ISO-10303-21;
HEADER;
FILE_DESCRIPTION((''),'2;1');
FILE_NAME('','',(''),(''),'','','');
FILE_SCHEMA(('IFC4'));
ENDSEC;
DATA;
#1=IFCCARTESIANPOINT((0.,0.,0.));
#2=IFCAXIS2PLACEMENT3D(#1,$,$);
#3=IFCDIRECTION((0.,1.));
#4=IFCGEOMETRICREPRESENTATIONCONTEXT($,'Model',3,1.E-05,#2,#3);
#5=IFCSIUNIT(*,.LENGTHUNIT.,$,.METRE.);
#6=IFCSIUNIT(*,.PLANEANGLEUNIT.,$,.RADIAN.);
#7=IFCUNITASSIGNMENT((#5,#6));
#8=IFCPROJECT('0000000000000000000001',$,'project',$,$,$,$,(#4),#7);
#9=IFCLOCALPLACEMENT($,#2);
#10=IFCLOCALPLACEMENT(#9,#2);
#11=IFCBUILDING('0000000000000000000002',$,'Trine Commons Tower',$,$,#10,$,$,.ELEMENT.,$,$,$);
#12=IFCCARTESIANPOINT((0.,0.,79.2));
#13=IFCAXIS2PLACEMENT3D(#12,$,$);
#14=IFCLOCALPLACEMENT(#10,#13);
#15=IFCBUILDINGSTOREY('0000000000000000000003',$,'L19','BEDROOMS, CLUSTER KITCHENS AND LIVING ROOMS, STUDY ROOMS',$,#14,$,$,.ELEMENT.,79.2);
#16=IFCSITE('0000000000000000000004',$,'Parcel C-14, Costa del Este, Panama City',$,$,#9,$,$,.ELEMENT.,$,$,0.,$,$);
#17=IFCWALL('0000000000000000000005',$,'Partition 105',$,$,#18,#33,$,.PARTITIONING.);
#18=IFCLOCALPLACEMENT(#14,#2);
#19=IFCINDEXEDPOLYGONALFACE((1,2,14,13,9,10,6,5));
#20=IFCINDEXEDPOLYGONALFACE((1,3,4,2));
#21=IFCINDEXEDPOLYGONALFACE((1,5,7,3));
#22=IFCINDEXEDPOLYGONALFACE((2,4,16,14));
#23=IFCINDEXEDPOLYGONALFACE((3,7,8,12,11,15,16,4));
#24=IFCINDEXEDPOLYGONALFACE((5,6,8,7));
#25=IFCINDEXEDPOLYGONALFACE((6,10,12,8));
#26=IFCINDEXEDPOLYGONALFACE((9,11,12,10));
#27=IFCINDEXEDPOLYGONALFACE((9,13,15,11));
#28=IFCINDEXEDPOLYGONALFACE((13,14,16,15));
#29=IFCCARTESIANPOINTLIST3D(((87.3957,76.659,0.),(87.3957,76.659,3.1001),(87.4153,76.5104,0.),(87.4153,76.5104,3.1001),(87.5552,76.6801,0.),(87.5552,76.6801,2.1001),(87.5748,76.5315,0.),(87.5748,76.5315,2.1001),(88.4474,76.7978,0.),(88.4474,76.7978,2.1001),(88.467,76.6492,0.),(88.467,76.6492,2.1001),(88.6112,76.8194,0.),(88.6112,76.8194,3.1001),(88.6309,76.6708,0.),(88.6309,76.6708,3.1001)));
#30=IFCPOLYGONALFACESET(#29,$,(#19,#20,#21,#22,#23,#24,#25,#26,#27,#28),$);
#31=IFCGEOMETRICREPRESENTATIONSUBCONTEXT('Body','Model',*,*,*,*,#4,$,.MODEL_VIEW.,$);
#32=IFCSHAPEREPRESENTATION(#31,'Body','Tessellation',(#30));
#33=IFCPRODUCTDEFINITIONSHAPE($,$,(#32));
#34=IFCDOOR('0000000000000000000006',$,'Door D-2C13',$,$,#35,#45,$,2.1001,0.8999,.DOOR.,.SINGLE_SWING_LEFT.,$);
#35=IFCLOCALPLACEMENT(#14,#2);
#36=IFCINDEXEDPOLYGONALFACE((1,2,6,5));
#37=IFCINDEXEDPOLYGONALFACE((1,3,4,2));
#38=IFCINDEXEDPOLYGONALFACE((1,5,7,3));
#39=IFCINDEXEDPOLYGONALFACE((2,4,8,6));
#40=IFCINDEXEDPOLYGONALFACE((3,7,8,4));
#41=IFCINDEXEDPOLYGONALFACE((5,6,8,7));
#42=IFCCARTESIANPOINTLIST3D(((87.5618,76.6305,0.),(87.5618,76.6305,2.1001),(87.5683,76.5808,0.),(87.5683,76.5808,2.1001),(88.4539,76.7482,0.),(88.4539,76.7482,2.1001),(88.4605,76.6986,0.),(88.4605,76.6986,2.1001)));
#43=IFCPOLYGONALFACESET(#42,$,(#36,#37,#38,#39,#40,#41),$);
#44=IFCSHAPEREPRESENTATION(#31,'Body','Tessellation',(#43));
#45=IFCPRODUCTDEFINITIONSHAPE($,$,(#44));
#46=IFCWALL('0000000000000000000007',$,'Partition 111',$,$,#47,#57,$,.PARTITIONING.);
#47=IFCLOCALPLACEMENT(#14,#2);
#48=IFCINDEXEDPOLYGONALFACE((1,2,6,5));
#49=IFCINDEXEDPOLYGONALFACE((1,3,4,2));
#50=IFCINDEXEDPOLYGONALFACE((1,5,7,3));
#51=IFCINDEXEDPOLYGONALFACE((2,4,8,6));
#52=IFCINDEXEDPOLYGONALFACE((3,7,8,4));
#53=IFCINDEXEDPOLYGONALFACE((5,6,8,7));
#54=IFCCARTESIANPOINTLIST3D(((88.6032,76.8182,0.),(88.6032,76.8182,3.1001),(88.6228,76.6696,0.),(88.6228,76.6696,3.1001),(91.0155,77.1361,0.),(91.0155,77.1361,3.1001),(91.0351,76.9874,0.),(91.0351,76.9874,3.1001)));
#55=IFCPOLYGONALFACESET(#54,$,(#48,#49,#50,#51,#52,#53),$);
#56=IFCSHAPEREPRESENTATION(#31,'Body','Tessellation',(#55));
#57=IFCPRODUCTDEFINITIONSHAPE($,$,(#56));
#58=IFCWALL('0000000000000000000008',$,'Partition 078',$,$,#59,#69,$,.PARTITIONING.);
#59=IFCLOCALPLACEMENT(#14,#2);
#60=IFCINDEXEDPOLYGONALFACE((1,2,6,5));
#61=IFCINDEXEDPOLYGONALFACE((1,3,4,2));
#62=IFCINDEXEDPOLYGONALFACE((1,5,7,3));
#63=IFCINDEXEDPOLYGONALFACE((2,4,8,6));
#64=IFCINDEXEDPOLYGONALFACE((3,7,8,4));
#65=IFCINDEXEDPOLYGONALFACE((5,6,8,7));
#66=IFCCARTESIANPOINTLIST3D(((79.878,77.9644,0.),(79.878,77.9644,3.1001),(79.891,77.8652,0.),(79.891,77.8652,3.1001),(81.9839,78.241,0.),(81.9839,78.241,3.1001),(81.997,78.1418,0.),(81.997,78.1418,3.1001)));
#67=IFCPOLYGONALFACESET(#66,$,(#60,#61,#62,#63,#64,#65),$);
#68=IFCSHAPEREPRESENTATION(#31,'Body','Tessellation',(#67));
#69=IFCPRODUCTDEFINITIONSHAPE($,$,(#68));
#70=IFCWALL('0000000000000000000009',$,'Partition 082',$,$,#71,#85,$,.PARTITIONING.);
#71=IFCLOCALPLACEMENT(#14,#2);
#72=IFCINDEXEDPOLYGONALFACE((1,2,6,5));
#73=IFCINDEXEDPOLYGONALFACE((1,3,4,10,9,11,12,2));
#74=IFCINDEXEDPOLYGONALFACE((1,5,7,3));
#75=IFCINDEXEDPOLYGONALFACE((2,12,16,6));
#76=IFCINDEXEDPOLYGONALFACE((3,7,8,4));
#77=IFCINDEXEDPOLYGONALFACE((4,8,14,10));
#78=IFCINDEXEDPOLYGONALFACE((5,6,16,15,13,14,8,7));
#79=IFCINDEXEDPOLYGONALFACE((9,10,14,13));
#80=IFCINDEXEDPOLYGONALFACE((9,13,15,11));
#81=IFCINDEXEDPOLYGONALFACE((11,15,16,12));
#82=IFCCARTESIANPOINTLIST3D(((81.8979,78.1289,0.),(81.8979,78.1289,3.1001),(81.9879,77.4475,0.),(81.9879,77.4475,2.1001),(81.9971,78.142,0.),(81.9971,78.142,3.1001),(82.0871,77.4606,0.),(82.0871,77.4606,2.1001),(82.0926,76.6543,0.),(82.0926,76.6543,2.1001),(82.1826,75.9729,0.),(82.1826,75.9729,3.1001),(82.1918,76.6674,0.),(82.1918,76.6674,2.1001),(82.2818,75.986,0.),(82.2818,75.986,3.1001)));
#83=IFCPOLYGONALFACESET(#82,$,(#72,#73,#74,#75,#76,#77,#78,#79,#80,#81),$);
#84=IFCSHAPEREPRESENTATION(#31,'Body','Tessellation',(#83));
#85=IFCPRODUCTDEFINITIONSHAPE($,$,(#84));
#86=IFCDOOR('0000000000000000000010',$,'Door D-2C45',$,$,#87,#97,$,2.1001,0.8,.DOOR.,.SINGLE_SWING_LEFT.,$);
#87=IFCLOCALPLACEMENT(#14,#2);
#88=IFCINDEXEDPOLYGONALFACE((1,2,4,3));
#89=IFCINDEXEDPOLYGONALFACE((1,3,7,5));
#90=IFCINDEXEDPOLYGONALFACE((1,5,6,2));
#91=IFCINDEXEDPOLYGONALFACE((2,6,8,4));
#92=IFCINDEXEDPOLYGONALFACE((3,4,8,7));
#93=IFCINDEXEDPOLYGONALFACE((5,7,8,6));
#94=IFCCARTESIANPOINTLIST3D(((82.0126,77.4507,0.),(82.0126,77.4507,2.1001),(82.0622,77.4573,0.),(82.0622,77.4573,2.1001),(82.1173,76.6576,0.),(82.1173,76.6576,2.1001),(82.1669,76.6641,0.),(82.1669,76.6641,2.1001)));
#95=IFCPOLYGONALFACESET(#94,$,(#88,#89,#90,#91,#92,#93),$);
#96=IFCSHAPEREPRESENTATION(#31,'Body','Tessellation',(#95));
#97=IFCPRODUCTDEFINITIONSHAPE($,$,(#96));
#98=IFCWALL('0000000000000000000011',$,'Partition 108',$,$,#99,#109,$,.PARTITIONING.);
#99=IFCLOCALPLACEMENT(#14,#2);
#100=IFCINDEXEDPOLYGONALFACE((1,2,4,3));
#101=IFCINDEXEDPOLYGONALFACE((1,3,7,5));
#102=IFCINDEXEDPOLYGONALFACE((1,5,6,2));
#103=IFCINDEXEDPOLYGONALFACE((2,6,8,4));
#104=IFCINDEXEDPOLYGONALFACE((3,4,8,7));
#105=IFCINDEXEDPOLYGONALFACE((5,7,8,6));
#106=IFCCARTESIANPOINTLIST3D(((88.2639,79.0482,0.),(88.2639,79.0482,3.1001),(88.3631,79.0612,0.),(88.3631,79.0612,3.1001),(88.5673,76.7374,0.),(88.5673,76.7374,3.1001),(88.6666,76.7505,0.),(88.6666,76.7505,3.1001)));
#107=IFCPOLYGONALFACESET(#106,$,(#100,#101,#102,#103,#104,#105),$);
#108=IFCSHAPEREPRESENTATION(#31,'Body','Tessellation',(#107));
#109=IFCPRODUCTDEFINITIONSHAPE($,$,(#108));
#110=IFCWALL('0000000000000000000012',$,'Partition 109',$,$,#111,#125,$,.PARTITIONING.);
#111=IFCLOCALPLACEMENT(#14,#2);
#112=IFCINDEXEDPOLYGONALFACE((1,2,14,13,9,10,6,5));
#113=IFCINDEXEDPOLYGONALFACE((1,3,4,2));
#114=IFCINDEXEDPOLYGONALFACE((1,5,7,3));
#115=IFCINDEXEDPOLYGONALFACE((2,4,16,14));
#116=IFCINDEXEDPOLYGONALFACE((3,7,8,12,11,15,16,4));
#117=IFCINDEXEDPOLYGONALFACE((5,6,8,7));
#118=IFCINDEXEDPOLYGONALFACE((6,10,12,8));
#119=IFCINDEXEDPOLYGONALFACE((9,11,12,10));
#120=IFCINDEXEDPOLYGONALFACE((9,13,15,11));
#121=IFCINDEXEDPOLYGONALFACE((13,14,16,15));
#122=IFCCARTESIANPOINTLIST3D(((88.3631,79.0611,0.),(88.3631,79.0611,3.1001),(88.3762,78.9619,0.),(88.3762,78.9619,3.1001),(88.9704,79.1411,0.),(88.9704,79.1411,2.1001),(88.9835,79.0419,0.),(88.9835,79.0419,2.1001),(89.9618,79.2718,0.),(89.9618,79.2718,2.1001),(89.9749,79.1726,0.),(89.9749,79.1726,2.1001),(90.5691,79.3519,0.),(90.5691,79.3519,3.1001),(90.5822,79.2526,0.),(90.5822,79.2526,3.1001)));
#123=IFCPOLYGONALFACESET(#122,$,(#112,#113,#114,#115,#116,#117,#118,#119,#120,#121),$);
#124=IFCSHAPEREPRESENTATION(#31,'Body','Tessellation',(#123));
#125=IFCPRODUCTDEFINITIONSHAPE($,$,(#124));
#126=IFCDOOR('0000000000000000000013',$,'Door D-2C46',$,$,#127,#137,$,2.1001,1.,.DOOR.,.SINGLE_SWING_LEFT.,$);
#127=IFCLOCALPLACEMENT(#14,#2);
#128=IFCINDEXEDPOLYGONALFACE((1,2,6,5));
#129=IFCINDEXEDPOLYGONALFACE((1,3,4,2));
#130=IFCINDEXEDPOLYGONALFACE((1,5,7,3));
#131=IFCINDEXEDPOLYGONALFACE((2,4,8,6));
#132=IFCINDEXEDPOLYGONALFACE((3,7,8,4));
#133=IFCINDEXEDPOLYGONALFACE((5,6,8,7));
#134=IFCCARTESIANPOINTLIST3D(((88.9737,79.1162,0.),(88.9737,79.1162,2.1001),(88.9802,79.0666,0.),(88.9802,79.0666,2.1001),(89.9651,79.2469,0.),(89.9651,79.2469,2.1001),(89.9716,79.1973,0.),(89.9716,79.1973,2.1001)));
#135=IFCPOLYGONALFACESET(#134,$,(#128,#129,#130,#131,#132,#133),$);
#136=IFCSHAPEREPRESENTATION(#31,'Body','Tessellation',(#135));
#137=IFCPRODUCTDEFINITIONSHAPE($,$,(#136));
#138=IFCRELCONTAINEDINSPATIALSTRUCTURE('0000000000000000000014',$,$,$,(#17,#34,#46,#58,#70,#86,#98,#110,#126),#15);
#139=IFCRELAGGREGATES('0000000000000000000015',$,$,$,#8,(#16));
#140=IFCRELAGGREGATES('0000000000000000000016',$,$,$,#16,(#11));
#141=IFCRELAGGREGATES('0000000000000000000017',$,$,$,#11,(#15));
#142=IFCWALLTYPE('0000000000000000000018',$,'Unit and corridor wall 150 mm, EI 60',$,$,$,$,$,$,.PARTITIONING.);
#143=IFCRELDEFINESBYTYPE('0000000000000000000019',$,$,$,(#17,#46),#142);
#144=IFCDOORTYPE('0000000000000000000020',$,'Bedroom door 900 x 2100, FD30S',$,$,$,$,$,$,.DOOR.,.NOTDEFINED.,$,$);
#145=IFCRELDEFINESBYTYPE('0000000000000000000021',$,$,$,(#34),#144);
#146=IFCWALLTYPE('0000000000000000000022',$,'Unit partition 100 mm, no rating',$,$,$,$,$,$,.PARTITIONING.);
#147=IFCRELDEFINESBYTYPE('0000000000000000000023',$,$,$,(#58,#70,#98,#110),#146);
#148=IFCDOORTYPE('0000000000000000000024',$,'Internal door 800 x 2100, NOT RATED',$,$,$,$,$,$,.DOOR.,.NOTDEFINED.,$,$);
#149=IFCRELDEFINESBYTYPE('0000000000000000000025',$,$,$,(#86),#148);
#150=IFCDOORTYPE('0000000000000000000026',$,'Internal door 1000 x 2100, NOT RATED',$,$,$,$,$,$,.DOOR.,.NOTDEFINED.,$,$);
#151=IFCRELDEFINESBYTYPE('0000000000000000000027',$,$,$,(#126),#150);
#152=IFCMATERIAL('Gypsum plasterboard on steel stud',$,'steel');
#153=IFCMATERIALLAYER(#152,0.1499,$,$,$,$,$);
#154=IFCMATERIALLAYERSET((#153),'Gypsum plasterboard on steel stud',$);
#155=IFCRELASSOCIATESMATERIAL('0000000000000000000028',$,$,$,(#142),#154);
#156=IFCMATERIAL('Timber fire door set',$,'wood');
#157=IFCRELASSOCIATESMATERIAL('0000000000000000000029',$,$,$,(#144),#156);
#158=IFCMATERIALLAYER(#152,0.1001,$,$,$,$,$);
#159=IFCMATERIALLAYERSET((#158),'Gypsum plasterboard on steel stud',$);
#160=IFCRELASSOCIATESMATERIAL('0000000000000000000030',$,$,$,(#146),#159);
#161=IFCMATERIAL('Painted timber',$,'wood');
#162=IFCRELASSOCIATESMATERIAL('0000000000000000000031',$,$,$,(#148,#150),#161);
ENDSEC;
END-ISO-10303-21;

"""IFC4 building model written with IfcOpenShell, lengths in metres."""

from ifc_helpers import new_model, si_unit, direction, frame, frame_2d, origin, place, context, subcontext, project, spatial, rectangle, extrude, material, layer, layer_set, type_object, element, fill, save


model = new_model("IFC4")

# Units and contexts
model_context = context("Model", 3, precision=1e-05, world=origin(), true_north=direction((0.0, 1.0)))
body_context = subcontext(model_context, "Body", "Model", "MODEL_VIEW")
ifc_project = project(units=[si_unit("LENGTHUNIT", "METRE"), si_unit("PLANEANGLEUNIT", "RADIAN")], contexts=[model_context])

# Site, building, storey
site_placement = place(None, origin())
site = spatial("IfcSite", under=ifc_project, at=site_placement, Name="Parcel C-14, Costa del Este, Panama City", CompositionType="ELEMENT", RefElevation=0.0)
building_placement = place(site_placement, origin())
building = spatial("IfcBuilding", under=site, at=building_placement, Name="Trine Commons Tower", CompositionType="ELEMENT")
storey_placement = place(building_placement, frame((0.0, 0.0, 79.2)))
storey = spatial("IfcBuildingStorey", under=building, at=storey_placement, Name="L19", Description="BEDROOMS, CLUSTER KITCHENS AND LIVING ROOMS, STUDY ROOMS", CompositionType="ELEMENT", Elevation=79.2)

# Shared definitions
ifc_material_1 = material(Name="Gypsum plasterboard on steel stud", Category="steel")
ifc_layer_1 = layer(ifc_material_1, 0.1499)
ifc_layer_set_1 = layer_set([ifc_layer_1], Name="Gypsum plasterboard on steel stud")
wall_type_1 = type_object("IfcWallType", Name="Unit and corridor wall 150 mm, EI 60", PredefinedType="PARTITIONING", material=ifc_layer_set_1)
ifc_material_2 = material(Name="Timber fire door set", Category="wood")
door_type_1 = type_object("IfcDoorType", Name="Bedroom door 900 x 2100, FD30S", OperationType="NOTDEFINED", PredefinedType="DOOR", material=ifc_material_2)

# Wall, opening, door
wall_1_placement = place(storey_placement, frame((87.4055, 76.5847, 0.0), z_axis=(0.0, 0.0, 1.0), x_axis=(0.991406, 0.13082, 0.0)))
wall_1 = element("IfcWall", 1, at=wall_1_placement, inside=storey, type_object=wall_type_1, Name="Partition 105", PredefinedType="PARTITIONING", context=body_context, shape_type="SweptSolid", body=[
    extrude(rectangle(XDim=1.2261, YDim=0.1499, at=frame_2d((0.613, 0.0))), origin(), (0.0, 0.0, 1.0), 3.1001),
])
opening_1_placement = place(wall_1_placement, frame((0.1609, 0.0, 0.0)))
opening_1 = element("IfcOpeningElement", 2, at=opening_1_placement, cuts=wall_1, PredefinedType="OPENING", context=body_context, shape_type="SweptSolid", body=[
    extrude(rectangle(XDim=0.8999, YDim=2.1001, at=frame_2d((0.45, 1.05))), frame((0.0, 0.085, 0.0), z_axis=(0.0, -1.0, 0.0), x_axis=(1.0, 0.0, 0.0)), (0.0, 0.0, 1.0), 0.1699),
])
door_1_placement = place(opening_1_placement, origin())
door_1 = element("IfcDoor", 3, at=door_1_placement, inside=storey, type_object=door_type_1, Name="Door D-2C13", OperationType="SINGLE_SWING_LEFT", OverallHeight=2.1001, OverallWidth=0.8999, PredefinedType="DOOR", context=body_context, shape_type="SweptSolid", body=[
    extrude(rectangle(XDim=0.8999, YDim=2.1001, at=frame_2d((0.45, 1.05))), frame((0.0, 0.0249, 0.0), z_axis=(0.0, -1.0, 0.0), x_axis=(1.0, 0.0, 0.0)), (0.0, 0.0, 1.0), 0.05),
])
fill(opening_1, door_1)

# Walls
wall_2_placement = place(storey_placement, frame((88.613, 76.7439, 0.0), z_axis=(0.0, 0.0, 1.0), x_axis=(0.99143, 0.130639, 0.0)))
element("IfcWall", 4, at=wall_2_placement, inside=storey, type_object=wall_type_1, Name="Partition 111", PredefinedType="PARTITIONING", context=body_context, shape_type="SweptSolid", body=[
    extrude(rectangle(XDim=2.4331, YDim=0.1499, at=frame_2d((1.2166, 0.0))), origin(), (0.0, 0.0, 1.0), 3.1001),
])
ifc_layer_2 = layer(ifc_material_1, 0.1001)
ifc_layer_set_2 = layer_set([ifc_layer_2], Name="Gypsum plasterboard on steel stud")
wall_type_2 = type_object("IfcWallType", Name="Unit partition 100 mm, no rating", PredefinedType="PARTITIONING", material=ifc_layer_set_2)
wall_3_placement = place(storey_placement, frame((79.8845, 77.9148, 0.0), z_axis=(0.0, 0.0, 1.0), x_axis=(0.991484, 0.130229, 0.0)))
element("IfcWall", 5, at=wall_3_placement, inside=storey, type_object=wall_type_2, Name="Partition 078", PredefinedType="PARTITIONING", context=body_context, shape_type="SweptSolid", body=[
    extrude(rectangle(XDim=2.124, YDim=0.1001, at=frame_2d((1.062, 0.0))), origin(), (0.0, 0.0, 1.0), 3.1001),
])

# Wall, opening, door
wall_4_placement = place(storey_placement, frame((81.9475, 78.1355, 0.0), z_axis=(0.0, 0.0, 1.0), x_axis=(0.130899, -0.991396, 0.0)))
wall_4 = element("IfcWall", 6, at=wall_4_placement, inside=storey, type_object=wall_type_2, Name="Partition 082", PredefinedType="PARTITIONING", context=body_context, shape_type="SweptSolid", body=[
    extrude(rectangle(XDim=2.1748, YDim=0.1001, at=frame_2d((1.0874, 0.0))), origin(), (0.0, 0.0, 1.0), 3.1001),
])
opening_2_placement = place(wall_4_placement, frame((0.6875, 0.0, 0.0)))
opening_2 = element("IfcOpeningElement", 7, at=opening_2_placement, cuts=wall_4, PredefinedType="OPENING", context=body_context, shape_type="SweptSolid", body=[
    extrude(rectangle(XDim=0.8, YDim=2.1001, at=frame_2d((0.3999, 1.05))), frame((0.0, 0.0601, 0.0), z_axis=(0.0, -1.0, 0.0), x_axis=(1.0, 0.0, 0.0)), (0.0, 0.0, 1.0), 0.1201),
])
ifc_material_3 = material(Name="Painted timber", Category="wood")
door_type_2 = type_object("IfcDoorType", Name="Internal door 800 x 2100, NOT RATED", OperationType="NOTDEFINED", PredefinedType="DOOR", material=ifc_material_3)
door_2_placement = place(opening_2_placement, origin())
door_2 = element("IfcDoor", 8, at=door_2_placement, inside=storey, type_object=door_type_2, Name="Door D-2C45", OperationType="SINGLE_SWING_LEFT", OverallHeight=2.1001, OverallWidth=0.8, PredefinedType="DOOR", context=body_context, shape_type="SweptSolid", body=[
    extrude(rectangle(XDim=0.8, YDim=2.1001, at=frame_2d((0.3999, 1.05))), frame((0.0, 0.0249, 0.0), z_axis=(0.0, -1.0, 0.0), x_axis=(1.0, 0.0, 0.0)), (0.0, 0.0, 1.0), 0.05),
])
fill(opening_2, door_2)

# Wall
wall_5_placement = place(storey_placement, frame((88.3135, 79.0547, 0.0), z_axis=(0.0, 0.0, 1.0), x_axis=(0.130208, -0.991487, 0.0)))
element("IfcWall", 9, at=wall_5_placement, inside=storey, type_object=wall_type_2, Name="Partition 108", PredefinedType="PARTITIONING", context=body_context, shape_type="SweptSolid", body=[
    extrude(rectangle(XDim=2.3306, YDim=0.1001, at=frame_2d((1.1653, 0.0))), origin(), (0.0, 0.0, 1.0), 3.1001),
])

# Wall, opening, door
wall_6_placement = place(storey_placement, frame((88.3696, 79.0115, 0.0), z_axis=(0.0, 0.0, 1.0), x_axis=(0.991425, 0.130676, 0.0)))
wall_6 = element("IfcWall", 10, at=wall_6_placement, inside=storey, type_object=wall_type_2, Name="Partition 109", PredefinedType="PARTITIONING", context=body_context, shape_type="SweptSolid", body=[
    extrude(rectangle(XDim=2.2251, YDim=0.1001, at=frame_2d((1.1125, 0.0))), origin(), (0.0, 0.0, 1.0), 3.1001),
])
opening_3_placement = place(wall_6_placement, frame((0.6125, 0.0, 0.0)))
opening_3 = element("IfcOpeningElement", 11, at=opening_3_placement, cuts=wall_6, PredefinedType="OPENING", context=body_context, shape_type="SweptSolid", body=[
    extrude(rectangle(XDim=1.0, YDim=2.1001, at=frame_2d((0.5, 1.05))), frame((0.0, 0.0601, 0.0), z_axis=(0.0, -1.0, 0.0), x_axis=(1.0, 0.0, 0.0)), (0.0, 0.0, 1.0), 0.1201),
])
door_type_3 = type_object("IfcDoorType", Name="Internal door 1000 x 2100, NOT RATED", OperationType="NOTDEFINED", PredefinedType="DOOR", material=ifc_material_3)
door_3_placement = place(opening_3_placement, origin())
door_3 = element("IfcDoor", 12, at=door_3_placement, inside=storey, type_object=door_type_3, Name="Door D-2C46", OperationType="SINGLE_SWING_LEFT", OverallHeight=2.1001, OverallWidth=1.0, PredefinedType="DOOR", context=body_context, shape_type="SweptSolid", body=[
    extrude(rectangle(XDim=1.0, YDim=2.1001, at=frame_2d((0.5, 1.05))), frame((0.0, 0.0249, 0.0), z_axis=(0.0, -1.0, 0.0), x_axis=(1.0, 0.0, 0.0)), (0.0, 0.0, 1.0), 0.05),
])
fill(opening_3, door_3)

save(model, "model.ifc")
